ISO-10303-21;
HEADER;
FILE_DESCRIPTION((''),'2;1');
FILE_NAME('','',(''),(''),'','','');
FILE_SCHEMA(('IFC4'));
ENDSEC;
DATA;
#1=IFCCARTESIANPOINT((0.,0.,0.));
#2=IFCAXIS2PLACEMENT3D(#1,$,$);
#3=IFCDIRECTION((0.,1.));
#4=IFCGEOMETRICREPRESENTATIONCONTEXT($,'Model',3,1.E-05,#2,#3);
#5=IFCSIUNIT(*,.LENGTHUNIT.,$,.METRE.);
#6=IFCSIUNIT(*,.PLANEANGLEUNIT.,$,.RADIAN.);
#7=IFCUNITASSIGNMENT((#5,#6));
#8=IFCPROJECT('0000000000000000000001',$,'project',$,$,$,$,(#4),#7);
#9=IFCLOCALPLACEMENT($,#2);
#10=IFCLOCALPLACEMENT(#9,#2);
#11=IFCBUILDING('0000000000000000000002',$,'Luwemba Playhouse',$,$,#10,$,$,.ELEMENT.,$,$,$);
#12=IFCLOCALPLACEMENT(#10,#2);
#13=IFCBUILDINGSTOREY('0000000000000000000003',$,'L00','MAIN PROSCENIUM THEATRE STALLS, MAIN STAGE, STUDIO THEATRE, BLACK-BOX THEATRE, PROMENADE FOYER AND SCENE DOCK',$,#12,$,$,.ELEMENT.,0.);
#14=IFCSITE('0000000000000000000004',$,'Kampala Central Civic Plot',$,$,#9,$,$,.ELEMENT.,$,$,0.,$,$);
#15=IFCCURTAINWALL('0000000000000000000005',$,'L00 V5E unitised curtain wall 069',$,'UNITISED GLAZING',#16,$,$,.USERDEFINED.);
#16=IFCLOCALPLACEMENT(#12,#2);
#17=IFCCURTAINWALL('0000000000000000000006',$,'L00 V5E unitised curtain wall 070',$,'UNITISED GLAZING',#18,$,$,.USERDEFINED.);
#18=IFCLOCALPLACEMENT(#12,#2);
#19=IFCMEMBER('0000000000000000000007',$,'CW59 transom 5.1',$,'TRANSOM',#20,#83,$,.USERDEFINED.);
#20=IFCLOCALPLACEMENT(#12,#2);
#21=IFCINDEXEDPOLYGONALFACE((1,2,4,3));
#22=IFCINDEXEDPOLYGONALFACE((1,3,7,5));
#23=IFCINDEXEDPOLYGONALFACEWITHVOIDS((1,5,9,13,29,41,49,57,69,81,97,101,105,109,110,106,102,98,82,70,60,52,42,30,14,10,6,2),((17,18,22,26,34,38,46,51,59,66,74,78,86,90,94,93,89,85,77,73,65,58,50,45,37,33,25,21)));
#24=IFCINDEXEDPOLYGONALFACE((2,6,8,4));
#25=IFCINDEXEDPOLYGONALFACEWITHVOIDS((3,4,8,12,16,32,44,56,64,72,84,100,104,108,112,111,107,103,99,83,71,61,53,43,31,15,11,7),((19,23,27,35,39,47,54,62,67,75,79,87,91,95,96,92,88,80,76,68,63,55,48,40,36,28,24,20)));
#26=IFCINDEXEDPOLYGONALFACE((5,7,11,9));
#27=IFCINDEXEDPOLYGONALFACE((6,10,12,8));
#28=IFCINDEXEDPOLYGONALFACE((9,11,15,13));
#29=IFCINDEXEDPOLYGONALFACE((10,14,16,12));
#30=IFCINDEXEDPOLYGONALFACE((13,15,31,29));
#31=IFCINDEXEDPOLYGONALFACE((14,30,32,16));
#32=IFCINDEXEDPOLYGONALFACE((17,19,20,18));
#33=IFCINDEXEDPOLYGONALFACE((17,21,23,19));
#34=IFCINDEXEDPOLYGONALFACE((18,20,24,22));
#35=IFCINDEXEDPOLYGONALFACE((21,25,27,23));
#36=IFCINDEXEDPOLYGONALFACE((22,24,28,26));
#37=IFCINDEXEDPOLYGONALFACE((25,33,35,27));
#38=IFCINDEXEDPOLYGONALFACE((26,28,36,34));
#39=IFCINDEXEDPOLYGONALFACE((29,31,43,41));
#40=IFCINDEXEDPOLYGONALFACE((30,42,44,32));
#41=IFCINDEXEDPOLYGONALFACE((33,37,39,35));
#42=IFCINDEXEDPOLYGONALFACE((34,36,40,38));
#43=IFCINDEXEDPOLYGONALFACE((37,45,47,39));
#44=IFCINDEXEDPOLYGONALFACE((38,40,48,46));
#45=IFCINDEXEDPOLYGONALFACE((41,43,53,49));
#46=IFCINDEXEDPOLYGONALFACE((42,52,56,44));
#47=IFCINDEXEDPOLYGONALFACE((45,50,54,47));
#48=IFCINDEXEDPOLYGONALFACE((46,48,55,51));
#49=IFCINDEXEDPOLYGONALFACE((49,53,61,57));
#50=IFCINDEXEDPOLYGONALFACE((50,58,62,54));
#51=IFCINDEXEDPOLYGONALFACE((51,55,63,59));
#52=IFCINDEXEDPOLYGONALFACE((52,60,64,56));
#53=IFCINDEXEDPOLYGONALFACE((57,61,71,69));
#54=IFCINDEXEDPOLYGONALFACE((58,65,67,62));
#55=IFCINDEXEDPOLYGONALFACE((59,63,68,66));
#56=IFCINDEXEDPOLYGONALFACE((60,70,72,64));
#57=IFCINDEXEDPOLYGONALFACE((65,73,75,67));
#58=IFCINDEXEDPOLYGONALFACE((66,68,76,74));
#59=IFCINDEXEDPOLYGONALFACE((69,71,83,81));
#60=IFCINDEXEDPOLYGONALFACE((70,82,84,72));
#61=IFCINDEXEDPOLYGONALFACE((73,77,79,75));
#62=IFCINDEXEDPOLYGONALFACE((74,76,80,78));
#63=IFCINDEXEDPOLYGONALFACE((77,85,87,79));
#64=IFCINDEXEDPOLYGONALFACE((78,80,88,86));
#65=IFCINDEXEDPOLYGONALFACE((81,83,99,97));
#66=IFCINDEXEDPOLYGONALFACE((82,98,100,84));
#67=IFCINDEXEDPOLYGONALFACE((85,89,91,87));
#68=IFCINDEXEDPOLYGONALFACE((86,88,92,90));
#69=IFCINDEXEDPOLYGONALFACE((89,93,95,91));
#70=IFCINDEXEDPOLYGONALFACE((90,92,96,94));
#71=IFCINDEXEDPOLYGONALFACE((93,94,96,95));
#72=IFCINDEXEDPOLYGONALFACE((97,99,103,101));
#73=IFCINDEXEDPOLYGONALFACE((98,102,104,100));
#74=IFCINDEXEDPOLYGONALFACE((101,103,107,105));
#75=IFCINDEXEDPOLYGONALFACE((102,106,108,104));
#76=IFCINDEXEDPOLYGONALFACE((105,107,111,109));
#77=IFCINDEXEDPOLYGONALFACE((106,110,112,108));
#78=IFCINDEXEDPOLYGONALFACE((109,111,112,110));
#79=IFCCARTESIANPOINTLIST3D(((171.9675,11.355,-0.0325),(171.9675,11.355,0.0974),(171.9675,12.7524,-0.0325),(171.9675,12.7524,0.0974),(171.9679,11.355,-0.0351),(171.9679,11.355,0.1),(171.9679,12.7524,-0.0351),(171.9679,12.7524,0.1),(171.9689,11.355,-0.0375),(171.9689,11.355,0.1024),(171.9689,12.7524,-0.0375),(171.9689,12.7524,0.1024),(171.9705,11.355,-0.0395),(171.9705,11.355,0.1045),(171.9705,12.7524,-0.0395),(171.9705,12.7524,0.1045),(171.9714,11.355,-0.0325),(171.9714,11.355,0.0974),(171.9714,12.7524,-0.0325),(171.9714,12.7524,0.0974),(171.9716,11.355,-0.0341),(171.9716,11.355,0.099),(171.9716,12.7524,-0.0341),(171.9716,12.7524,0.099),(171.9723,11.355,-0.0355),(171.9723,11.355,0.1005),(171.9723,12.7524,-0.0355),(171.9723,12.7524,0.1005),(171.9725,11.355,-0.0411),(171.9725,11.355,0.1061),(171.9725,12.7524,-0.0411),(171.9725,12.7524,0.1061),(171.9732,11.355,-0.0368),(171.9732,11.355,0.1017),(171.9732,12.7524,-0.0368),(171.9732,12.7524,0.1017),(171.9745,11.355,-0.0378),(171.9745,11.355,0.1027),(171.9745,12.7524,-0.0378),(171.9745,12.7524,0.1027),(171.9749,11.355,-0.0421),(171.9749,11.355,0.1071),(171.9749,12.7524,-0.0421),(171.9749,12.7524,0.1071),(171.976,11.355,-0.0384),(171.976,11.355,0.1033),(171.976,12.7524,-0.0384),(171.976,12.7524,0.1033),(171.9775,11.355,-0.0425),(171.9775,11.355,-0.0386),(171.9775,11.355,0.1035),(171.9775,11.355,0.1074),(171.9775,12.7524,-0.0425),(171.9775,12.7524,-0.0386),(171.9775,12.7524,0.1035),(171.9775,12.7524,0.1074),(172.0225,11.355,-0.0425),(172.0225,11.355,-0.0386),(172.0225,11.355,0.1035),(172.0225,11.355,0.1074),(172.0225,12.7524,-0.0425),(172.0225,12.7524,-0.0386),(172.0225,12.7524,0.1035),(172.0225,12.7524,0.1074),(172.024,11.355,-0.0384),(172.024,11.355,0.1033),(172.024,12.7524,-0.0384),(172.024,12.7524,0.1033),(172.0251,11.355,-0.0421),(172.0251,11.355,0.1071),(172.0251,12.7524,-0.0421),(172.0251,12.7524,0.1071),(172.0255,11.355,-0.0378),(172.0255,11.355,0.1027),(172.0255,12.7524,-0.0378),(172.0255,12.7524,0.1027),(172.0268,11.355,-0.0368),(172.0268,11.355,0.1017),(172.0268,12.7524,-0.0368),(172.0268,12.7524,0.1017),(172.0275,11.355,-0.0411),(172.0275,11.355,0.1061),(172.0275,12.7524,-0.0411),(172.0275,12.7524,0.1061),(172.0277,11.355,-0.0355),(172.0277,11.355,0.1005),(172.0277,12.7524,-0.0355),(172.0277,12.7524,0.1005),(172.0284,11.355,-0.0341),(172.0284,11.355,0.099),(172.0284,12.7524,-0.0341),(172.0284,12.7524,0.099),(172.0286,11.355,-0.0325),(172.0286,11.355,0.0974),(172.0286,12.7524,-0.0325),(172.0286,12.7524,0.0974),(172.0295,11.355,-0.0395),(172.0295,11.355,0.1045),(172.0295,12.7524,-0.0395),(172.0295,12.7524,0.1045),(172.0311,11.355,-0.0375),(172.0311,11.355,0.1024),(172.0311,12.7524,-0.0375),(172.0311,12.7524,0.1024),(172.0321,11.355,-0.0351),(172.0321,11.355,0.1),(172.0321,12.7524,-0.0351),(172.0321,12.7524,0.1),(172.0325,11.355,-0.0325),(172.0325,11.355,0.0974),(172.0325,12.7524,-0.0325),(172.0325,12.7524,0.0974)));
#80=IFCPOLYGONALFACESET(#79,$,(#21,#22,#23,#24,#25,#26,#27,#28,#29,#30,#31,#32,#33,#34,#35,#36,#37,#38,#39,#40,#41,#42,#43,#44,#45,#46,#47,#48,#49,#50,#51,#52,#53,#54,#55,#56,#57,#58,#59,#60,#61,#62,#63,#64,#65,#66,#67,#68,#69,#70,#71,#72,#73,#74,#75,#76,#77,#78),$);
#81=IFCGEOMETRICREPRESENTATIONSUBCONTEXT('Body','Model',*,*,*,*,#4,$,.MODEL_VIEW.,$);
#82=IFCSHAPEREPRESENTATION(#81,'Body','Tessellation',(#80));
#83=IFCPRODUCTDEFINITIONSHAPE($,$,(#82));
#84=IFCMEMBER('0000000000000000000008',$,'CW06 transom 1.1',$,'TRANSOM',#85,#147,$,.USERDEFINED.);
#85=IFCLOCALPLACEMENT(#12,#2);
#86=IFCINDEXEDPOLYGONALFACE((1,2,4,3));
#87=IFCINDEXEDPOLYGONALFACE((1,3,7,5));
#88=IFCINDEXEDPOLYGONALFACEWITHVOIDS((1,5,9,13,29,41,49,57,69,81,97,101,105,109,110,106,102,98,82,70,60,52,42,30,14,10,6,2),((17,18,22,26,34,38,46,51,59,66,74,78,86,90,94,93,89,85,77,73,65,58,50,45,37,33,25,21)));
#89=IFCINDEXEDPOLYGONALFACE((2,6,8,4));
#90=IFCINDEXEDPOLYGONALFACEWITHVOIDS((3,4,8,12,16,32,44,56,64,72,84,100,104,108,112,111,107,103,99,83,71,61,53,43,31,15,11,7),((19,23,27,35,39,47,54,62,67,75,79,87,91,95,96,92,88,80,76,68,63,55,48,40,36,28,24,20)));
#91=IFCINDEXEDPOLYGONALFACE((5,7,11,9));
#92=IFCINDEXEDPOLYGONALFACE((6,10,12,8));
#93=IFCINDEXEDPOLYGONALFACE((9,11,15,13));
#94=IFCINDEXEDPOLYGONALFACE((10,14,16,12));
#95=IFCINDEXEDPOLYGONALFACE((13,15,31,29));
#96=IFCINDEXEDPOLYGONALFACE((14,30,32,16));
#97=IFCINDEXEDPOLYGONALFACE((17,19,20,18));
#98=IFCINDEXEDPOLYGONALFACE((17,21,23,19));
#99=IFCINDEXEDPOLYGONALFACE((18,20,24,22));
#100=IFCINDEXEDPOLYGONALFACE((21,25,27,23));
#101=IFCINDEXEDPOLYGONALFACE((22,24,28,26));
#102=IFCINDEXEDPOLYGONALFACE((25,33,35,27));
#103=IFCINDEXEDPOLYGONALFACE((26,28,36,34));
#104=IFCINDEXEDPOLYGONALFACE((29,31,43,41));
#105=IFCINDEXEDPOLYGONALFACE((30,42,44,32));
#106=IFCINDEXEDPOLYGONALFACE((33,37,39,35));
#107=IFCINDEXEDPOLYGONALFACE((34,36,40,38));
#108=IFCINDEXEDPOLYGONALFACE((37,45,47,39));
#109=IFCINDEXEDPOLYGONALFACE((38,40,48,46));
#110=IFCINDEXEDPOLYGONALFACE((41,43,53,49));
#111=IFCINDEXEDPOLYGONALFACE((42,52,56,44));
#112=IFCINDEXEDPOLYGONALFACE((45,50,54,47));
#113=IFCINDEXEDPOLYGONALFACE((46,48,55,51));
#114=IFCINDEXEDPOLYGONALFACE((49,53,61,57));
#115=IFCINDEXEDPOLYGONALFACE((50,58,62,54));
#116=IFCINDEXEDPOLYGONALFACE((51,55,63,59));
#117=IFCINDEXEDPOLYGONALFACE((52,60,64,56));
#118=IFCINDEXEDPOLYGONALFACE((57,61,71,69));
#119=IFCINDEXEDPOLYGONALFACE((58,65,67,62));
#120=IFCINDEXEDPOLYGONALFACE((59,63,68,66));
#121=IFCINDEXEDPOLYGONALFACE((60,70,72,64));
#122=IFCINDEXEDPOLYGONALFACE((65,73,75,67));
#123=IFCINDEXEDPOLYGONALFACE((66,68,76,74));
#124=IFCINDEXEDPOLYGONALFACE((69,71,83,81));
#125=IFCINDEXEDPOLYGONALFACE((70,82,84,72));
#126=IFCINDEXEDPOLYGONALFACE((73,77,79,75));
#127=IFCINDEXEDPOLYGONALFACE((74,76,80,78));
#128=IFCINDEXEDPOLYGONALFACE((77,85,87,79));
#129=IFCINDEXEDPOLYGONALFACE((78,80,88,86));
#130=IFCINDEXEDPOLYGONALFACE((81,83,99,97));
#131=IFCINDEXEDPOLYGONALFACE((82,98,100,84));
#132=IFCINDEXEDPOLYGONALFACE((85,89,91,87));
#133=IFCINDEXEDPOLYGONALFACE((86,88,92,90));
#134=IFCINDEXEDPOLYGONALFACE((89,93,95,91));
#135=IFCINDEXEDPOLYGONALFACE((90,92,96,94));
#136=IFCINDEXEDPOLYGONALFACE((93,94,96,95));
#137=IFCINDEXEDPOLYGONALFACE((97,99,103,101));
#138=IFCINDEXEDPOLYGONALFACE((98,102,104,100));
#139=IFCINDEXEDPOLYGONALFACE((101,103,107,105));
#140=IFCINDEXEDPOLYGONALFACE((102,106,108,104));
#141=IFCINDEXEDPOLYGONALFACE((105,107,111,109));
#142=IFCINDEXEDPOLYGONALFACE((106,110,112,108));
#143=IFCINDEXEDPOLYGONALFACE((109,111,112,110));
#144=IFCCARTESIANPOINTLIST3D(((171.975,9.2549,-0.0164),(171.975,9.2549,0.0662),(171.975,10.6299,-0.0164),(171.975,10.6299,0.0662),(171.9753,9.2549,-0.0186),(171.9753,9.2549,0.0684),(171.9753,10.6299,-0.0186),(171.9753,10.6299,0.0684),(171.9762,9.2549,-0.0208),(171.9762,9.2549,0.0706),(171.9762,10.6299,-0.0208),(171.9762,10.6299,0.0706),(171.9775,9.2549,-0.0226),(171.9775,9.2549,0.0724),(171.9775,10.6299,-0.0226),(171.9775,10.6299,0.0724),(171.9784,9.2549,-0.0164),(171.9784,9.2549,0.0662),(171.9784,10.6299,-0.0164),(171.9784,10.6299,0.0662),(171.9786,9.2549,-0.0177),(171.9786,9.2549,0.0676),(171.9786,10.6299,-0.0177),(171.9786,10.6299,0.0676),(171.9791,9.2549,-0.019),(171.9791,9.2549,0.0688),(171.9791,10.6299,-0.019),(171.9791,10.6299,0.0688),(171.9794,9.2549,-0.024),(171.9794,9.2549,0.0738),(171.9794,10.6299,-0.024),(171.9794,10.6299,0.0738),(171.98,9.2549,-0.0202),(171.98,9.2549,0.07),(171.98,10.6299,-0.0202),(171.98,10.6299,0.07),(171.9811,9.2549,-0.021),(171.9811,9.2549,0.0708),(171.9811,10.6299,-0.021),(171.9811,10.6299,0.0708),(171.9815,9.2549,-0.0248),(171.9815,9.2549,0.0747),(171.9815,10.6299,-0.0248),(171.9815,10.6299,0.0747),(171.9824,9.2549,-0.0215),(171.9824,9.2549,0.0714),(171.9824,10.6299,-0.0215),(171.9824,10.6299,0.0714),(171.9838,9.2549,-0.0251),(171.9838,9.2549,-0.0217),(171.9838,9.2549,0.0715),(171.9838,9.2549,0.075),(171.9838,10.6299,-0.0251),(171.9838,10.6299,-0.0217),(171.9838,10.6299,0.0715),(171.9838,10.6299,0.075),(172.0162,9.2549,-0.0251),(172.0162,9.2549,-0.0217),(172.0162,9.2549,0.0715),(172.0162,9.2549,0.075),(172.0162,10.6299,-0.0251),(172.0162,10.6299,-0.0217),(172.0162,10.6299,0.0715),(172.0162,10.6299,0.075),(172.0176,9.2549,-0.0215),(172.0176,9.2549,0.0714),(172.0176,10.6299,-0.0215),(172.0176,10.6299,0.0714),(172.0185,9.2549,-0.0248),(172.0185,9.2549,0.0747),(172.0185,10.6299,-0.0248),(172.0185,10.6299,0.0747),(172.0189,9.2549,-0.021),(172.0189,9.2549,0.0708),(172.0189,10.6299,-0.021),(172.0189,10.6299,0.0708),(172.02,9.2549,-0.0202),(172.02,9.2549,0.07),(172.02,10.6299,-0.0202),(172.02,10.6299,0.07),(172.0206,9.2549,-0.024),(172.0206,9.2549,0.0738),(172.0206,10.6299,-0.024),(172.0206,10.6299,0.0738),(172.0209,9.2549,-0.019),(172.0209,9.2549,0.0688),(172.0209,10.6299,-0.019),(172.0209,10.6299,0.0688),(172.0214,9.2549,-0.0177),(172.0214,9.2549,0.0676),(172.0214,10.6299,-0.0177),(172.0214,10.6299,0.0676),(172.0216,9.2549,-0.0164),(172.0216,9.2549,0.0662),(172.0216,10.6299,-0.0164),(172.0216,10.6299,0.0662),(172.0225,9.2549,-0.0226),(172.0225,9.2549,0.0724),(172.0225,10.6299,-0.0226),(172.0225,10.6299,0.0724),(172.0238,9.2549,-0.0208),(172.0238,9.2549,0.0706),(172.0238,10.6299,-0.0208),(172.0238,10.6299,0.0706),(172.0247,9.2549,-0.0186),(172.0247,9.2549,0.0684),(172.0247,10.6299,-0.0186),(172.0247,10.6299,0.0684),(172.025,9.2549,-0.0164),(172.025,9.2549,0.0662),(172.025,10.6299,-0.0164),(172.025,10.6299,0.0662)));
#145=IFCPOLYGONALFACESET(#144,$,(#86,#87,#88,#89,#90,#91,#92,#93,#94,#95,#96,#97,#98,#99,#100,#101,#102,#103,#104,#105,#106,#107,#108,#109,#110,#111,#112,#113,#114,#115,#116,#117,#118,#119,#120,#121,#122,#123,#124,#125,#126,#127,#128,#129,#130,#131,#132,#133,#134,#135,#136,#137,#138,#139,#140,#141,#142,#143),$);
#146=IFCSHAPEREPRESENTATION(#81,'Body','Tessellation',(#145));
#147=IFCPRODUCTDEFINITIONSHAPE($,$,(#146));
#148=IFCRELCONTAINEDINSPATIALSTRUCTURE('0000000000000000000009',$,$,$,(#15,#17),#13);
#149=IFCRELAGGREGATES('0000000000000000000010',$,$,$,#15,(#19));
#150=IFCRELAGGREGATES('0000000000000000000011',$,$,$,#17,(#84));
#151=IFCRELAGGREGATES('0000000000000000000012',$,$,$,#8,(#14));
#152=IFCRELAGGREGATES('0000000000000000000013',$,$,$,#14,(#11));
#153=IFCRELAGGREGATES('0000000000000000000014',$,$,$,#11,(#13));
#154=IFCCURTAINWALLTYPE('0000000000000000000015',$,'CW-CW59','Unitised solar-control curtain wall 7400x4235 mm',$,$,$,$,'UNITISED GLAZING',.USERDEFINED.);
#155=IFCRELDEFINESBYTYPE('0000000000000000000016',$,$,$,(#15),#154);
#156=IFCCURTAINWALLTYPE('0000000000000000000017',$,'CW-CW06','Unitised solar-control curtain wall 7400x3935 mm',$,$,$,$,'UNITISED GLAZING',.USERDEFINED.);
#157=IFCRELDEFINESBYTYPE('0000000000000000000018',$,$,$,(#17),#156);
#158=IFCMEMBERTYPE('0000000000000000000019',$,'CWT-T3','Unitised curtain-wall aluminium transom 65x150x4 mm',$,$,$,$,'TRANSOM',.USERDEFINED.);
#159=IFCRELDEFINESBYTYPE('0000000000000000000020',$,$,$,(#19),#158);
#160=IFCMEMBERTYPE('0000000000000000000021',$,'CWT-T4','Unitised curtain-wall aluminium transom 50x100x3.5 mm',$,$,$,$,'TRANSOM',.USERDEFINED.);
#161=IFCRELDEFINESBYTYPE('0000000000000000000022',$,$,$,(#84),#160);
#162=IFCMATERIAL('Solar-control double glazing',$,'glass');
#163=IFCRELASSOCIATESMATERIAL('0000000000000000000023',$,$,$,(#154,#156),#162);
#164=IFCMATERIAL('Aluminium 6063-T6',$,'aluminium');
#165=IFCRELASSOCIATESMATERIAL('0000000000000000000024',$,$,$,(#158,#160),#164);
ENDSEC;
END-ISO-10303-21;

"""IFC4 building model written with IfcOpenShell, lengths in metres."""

from ifc_helpers import new_model, si_unit, direction, frame, origin, origin_2d, place, context, subcontext, project, spatial, hollow_rectangle, extrude, material, material_profile, profile_set, type_object, element, aggregate, save


model = new_model("IFC4")

# Units and contexts
model_context = context("Model", 3, precision=1e-05, world=origin(), true_north=direction((0.0, 1.0)))
body_context = subcontext(model_context, "Body", "Model", "MODEL_VIEW")
ifc_project = project(units=[si_unit("LENGTHUNIT", "METRE"), si_unit("PLANEANGLEUNIT", "RADIAN")], contexts=[model_context])

# Site, building, storey
site_placement = place(None, origin())
site = spatial("IfcSite", under=ifc_project, at=site_placement, Name="Kampala Central Civic Plot", CompositionType="ELEMENT", RefElevation=0.0)
building_placement = place(site_placement, origin())
building = spatial("IfcBuilding", under=site, at=building_placement, Name="Luwemba Playhouse", CompositionType="ELEMENT")
storey_placement = place(building_placement, origin())
storey = spatial("IfcBuildingStorey", under=building, at=storey_placement, Name="L00", Description="MAIN PROSCENIUM THEATRE STALLS, MAIN STAGE, STUDIO THEATRE, BLACK-BOX THEATRE, PROMENADE FOYER AND SCENE DOCK", CompositionType="ELEMENT", Elevation=0.0)

# Curtain wall
ifc_material_1 = material(Name="Solar-control double glazing", Category="glass")
curtain_wall_type_1 = type_object("IfcCurtainWallType", Name="CW-CW59", Description="Unitised solar-control curtain wall 7400x4235 mm", ElementType="UNITISED GLAZING", PredefinedType="USERDEFINED", material=ifc_material_1)
curtain_wall_1_placement = place(storey_placement, origin())
curtain_wall_1 = element("IfcCurtainWall", 1, at=curtain_wall_1_placement, inside=storey, type_object=curtain_wall_type_1, Name="L00 V5E unitised curtain wall 069", ObjectType="UNITISED GLAZING", PredefinedType="USERDEFINED")
ifc_material_2 = material(Name="Aluminium 6063-T6", Category="aluminium")

# Curtain wall
curtain_wall_type_2 = type_object("IfcCurtainWallType", Name="CW-CW06", Description="Unitised solar-control curtain wall 7400x3935 mm", ElementType="UNITISED GLAZING", PredefinedType="USERDEFINED", material=ifc_material_1)
curtain_wall_2_placement = place(storey_placement, origin())
curtain_wall_2 = element("IfcCurtainWall", 2, at=curtain_wall_2_placement, inside=storey, type_object=curtain_wall_type_2, Name="L00 V5E unitised curtain wall 070", ObjectType="UNITISED GLAZING", PredefinedType="USERDEFINED")

# Members
ifc_material_profile_1 = material_profile(ifc_material_2, hollow_rectangle(XDim=0.0649, YDim=0.1499, WallThickness=0.0039, InnerFilletRadius=0.0061, OuterFilletRadius=0.01, at=origin_2d()))
ifc_profile_set_1 = profile_set([ifc_material_profile_1], Name="Aluminium 6063-T6")
member_type_1 = type_object("IfcMemberType", Name="CWT-T3", Description="Unitised curtain-wall aluminium transom 65x150x4 mm", ElementType="TRANSOM", PredefinedType="USERDEFINED", material=ifc_profile_set_1)
member_1_placement = place(storey_placement, frame((172.0, 12.7524, 0.0325), z_axis=(0.0, -1.0, 0.0), x_axis=(1.0, 0.0, 0.0)))
member_1 = element("IfcMember", 3, at=member_1_placement, type_object=member_type_1, Name="CW59 transom 5.1", ObjectType="TRANSOM", PredefinedType="USERDEFINED", context=body_context, shape_type="SweptSolid", body=[
    extrude(hollow_rectangle(XDim=0.0649, YDim=0.1499, WallThickness=0.0039, InnerFilletRadius=0.0061, OuterFilletRadius=0.01, at=origin_2d()), origin(), (0.0, 0.0, 1.0), 1.3975),
])
ifc_material_profile_2 = material_profile(ifc_material_2, hollow_rectangle(XDim=0.05, YDim=0.1001, WallThickness=0.0034, InnerFilletRadius=0.0054, OuterFilletRadius=0.0088, at=origin_2d()))
ifc_profile_set_2 = profile_set([ifc_material_profile_2], Name="Aluminium 6063-T6")
member_type_2 = type_object("IfcMemberType", Name="CWT-T4", Description="Unitised curtain-wall aluminium transom 50x100x3.5 mm", ElementType="TRANSOM", PredefinedType="USERDEFINED", material=ifc_profile_set_2)
member_2_placement = place(storey_placement, frame((172.0, 10.6299, 0.0249), z_axis=(0.0, -1.0, 0.0), x_axis=(1.0, 0.0, 0.0)))
member_2 = element("IfcMember", 4, at=member_2_placement, type_object=member_type_2, Name="CW06 transom 1.1", ObjectType="TRANSOM", PredefinedType="USERDEFINED", context=body_context, shape_type="SweptSolid", body=[
    extrude(hollow_rectangle(XDim=0.05, YDim=0.1001, WallThickness=0.0034, InnerFilletRadius=0.0054, OuterFilletRadius=0.0088, at=origin_2d()), origin(), (0.0, 0.0, 1.0), 1.375),
])

aggregate(curtain_wall_1, [member_1])
aggregate(curtain_wall_2, [member_2])

save(model, "model.ifc")
